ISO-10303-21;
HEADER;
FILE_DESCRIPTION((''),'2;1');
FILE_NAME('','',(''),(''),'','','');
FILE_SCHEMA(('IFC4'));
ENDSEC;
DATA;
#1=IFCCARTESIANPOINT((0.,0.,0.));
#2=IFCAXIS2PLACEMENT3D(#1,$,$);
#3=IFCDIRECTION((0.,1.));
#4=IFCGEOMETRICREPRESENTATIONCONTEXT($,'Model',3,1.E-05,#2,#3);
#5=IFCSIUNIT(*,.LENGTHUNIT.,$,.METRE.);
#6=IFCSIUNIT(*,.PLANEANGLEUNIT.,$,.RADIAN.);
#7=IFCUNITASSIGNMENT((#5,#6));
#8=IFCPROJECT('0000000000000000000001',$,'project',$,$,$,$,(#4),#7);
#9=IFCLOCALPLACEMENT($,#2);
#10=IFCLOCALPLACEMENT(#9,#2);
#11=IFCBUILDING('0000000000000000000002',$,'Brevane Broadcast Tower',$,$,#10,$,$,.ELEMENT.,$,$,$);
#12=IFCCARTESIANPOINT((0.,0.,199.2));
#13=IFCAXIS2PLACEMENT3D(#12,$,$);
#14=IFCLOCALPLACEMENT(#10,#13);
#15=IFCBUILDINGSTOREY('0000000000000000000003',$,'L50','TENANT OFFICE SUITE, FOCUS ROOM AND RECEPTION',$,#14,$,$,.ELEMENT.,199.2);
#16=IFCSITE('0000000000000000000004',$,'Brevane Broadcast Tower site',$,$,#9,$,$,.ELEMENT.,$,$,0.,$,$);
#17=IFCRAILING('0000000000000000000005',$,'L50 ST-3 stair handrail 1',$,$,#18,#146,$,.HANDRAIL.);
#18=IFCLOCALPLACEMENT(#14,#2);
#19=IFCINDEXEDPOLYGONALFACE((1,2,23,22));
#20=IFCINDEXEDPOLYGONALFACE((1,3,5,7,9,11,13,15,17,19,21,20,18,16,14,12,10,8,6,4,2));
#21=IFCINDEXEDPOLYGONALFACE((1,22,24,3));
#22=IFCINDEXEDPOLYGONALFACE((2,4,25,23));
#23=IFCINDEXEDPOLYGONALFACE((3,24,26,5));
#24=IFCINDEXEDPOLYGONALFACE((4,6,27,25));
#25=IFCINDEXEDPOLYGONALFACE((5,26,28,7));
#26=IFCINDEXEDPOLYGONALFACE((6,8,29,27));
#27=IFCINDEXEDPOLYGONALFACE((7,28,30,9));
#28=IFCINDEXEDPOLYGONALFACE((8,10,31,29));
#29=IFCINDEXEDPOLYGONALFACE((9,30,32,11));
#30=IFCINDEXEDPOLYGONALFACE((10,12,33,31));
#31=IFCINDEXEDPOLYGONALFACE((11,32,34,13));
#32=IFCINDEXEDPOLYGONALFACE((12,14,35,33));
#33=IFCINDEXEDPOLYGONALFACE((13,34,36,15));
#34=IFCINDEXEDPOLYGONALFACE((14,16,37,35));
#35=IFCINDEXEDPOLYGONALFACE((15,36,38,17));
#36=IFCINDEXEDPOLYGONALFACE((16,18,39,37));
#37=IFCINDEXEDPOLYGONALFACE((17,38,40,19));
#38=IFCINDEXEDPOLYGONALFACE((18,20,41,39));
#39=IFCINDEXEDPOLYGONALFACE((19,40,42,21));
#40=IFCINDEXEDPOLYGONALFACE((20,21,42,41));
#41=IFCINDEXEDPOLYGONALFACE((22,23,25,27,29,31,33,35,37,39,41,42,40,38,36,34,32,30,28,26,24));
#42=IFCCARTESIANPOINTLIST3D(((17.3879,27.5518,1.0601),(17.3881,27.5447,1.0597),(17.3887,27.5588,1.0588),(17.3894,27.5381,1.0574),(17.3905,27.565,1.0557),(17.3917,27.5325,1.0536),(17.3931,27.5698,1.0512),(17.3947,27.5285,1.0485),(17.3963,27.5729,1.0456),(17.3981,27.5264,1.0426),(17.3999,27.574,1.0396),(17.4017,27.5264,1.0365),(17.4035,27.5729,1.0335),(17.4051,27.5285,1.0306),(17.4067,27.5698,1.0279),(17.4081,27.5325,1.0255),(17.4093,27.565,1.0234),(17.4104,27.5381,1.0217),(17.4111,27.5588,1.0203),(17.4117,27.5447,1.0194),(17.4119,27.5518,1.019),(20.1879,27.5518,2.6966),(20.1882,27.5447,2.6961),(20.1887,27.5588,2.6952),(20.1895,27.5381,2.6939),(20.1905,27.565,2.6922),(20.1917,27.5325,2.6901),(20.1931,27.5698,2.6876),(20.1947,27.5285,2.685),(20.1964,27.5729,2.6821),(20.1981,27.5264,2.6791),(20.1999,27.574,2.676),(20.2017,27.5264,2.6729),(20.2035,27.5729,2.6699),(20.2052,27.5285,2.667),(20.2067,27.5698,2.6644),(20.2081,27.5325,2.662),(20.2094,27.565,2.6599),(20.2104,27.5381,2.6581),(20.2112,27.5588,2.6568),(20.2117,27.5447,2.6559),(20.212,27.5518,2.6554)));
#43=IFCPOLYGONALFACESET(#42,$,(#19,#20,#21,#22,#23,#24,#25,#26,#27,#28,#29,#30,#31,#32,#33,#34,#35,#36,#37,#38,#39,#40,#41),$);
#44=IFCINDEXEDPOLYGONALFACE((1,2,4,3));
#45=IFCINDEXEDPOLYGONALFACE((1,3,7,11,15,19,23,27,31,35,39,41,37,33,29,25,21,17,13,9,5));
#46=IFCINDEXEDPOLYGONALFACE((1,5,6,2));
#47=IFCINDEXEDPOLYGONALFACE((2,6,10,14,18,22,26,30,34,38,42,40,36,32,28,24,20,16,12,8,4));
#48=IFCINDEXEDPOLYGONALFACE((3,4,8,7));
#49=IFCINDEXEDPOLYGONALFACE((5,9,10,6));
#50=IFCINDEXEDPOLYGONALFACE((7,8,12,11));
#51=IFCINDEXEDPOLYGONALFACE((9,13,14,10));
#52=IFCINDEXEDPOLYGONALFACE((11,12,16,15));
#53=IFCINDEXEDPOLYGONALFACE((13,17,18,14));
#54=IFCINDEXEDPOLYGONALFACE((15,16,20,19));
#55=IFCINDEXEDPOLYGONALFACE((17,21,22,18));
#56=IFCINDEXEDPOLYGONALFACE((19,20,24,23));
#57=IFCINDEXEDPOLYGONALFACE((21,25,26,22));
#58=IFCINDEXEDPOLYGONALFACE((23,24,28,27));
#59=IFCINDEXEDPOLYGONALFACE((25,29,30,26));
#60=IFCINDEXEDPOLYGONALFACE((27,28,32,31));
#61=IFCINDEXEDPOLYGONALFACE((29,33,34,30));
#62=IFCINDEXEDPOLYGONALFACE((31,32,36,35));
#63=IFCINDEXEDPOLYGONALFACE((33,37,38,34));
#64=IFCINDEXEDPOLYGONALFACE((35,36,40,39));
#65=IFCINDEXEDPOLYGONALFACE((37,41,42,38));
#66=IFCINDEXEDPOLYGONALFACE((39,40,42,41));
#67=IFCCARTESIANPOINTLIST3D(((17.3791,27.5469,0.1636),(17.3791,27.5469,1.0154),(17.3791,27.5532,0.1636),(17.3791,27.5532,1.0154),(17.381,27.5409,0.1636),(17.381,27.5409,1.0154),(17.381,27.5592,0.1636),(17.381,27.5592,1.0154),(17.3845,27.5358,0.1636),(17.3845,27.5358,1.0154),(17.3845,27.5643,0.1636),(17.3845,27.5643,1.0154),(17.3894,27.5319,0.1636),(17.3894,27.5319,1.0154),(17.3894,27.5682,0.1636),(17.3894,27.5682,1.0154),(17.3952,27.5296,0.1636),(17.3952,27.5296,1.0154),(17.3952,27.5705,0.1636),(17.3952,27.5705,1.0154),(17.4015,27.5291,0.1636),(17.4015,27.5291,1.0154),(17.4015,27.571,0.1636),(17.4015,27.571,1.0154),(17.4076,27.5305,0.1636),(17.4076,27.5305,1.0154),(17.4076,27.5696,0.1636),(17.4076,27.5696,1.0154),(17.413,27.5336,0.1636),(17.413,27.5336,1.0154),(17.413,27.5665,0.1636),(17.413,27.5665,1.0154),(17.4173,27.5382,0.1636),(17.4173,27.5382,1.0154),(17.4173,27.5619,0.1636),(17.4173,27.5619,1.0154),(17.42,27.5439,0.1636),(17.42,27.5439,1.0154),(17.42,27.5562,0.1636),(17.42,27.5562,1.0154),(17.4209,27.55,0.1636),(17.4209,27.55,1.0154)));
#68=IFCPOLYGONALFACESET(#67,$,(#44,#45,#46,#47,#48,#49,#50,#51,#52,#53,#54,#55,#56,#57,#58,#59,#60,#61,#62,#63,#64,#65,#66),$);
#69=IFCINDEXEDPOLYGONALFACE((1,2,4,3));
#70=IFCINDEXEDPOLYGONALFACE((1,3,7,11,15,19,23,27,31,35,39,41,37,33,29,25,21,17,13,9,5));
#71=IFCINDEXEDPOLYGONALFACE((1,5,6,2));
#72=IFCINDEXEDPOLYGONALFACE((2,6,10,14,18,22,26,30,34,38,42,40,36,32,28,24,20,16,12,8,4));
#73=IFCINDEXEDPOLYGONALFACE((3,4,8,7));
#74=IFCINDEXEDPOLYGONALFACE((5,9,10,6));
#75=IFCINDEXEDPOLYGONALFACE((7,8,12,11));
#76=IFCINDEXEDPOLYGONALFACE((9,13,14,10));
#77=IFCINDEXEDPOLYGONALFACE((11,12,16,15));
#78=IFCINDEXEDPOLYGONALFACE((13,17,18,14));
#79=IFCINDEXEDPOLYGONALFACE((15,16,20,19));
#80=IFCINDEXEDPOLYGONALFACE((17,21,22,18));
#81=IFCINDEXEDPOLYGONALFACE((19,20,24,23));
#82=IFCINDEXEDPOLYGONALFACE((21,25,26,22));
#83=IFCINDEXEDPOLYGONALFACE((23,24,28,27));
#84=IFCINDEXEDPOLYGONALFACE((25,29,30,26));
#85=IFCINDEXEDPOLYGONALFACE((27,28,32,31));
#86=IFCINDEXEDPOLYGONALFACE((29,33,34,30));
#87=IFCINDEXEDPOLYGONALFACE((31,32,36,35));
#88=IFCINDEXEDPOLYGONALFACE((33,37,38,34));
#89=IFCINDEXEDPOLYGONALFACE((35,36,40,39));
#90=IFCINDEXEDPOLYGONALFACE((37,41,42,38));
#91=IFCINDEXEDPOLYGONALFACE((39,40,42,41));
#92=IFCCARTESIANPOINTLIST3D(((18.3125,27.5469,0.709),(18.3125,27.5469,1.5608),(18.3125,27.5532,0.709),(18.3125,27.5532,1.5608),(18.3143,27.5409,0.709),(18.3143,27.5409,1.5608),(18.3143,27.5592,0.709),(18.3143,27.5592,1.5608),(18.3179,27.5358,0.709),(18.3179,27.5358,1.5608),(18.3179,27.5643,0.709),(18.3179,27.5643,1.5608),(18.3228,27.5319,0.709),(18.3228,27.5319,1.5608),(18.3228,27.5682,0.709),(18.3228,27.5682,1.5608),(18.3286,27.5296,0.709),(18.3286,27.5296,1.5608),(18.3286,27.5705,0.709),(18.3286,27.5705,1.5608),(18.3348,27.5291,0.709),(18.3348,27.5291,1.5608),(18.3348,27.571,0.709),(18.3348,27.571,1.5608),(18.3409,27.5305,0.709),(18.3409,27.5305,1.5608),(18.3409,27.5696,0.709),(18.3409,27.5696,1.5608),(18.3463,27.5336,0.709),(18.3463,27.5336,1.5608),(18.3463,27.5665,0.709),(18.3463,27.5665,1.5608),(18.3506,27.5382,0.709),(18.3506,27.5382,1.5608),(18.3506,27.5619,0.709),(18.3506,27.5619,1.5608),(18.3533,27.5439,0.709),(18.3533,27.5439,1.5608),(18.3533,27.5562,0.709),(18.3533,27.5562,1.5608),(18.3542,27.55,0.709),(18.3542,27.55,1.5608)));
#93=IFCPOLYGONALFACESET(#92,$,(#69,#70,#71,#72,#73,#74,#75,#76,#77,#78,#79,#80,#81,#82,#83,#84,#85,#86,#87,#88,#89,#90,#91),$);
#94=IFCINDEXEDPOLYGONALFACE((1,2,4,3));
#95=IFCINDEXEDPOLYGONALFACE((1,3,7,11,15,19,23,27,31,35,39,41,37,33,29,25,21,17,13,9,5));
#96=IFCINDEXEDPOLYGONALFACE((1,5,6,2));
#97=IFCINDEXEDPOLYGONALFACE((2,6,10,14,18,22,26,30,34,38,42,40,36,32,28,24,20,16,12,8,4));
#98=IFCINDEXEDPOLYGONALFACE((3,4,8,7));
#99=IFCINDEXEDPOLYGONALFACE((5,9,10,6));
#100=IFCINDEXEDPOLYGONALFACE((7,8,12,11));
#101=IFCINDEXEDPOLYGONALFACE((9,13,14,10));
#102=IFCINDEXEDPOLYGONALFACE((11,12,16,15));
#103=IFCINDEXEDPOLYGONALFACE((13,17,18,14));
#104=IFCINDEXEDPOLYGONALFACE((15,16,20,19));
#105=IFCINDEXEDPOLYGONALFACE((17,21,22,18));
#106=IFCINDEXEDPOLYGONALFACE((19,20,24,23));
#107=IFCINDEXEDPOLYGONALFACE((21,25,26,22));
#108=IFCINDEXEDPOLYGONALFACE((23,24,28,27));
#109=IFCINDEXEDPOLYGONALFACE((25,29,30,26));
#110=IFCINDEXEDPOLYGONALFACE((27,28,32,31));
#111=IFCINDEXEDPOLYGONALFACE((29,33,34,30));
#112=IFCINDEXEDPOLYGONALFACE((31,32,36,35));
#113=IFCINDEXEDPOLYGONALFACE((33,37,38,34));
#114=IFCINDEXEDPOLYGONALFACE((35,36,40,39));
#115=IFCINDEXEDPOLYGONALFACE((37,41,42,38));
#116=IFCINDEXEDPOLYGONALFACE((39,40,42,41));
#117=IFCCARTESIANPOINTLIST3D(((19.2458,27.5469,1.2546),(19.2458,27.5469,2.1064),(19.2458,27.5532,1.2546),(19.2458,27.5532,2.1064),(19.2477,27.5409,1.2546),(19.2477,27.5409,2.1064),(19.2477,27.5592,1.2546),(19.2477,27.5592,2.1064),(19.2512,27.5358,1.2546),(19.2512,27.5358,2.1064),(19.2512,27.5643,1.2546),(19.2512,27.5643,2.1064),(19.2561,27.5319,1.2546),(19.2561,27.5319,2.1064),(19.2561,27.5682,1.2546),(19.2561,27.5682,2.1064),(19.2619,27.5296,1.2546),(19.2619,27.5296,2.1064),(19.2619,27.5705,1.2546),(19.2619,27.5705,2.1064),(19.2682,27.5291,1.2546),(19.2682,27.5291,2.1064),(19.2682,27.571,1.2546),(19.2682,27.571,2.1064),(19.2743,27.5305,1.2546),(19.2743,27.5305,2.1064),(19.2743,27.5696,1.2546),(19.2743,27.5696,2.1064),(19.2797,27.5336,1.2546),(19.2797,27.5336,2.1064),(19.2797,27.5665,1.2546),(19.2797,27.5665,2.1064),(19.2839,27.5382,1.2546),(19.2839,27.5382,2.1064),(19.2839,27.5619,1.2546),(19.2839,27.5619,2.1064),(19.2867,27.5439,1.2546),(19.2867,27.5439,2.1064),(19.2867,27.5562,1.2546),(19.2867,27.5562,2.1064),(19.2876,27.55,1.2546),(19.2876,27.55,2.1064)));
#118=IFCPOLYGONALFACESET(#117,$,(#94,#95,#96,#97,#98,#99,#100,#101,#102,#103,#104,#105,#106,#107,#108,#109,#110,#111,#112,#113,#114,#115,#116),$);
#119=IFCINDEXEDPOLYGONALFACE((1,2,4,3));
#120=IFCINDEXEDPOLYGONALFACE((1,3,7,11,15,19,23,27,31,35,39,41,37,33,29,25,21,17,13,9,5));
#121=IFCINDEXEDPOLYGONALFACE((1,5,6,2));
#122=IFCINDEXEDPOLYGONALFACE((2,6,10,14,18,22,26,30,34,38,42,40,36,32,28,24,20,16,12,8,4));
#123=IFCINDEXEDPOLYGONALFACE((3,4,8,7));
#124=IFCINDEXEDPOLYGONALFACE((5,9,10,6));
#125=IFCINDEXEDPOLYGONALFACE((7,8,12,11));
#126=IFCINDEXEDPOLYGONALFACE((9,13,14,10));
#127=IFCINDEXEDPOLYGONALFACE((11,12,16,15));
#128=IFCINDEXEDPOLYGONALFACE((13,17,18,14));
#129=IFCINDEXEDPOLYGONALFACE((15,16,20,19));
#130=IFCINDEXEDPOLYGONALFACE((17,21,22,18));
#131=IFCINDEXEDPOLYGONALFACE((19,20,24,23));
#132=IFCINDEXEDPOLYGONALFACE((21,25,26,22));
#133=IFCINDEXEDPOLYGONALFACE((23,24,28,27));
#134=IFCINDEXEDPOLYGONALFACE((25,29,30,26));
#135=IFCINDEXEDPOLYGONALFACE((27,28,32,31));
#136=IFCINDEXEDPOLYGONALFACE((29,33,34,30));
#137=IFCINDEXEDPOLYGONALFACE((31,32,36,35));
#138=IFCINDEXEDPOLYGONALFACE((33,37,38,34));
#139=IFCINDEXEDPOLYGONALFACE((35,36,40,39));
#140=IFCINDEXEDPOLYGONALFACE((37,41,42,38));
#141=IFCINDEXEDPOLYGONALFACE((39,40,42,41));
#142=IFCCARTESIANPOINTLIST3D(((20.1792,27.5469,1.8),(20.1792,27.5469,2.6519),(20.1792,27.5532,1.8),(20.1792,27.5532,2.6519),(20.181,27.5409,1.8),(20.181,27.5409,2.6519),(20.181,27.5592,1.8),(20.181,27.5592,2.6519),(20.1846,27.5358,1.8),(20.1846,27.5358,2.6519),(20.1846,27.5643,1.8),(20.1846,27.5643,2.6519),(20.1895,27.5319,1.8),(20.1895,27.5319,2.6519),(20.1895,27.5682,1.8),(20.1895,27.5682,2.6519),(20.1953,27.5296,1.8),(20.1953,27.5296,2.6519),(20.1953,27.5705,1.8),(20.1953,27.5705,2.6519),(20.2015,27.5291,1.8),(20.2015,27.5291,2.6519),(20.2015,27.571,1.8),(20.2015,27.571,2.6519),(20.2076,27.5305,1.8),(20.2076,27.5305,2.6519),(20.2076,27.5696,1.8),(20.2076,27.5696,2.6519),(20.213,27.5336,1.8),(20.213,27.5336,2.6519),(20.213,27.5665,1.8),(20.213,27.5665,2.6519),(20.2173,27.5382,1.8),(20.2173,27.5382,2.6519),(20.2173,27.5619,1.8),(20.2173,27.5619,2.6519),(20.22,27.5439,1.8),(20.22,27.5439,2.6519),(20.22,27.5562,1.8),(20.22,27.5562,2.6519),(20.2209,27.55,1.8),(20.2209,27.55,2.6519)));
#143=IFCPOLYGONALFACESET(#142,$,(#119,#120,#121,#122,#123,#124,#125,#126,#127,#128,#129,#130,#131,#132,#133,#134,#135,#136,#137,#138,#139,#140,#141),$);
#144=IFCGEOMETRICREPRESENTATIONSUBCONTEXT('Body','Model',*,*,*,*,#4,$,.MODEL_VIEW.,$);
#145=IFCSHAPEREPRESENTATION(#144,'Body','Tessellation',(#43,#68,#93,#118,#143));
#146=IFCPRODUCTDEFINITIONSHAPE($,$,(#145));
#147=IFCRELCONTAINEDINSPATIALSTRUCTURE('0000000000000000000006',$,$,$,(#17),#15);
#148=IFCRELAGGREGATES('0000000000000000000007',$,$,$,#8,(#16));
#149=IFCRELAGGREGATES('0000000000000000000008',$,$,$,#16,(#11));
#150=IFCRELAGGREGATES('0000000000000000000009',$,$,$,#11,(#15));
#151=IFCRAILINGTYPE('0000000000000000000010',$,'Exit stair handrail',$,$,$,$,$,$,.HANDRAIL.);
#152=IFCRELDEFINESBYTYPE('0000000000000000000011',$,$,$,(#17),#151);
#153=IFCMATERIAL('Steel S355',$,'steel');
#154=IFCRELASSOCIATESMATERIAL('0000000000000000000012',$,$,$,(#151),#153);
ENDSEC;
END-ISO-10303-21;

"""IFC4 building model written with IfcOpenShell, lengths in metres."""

from ifc_helpers import new_model, si_unit, direction, frame, origin, origin_2d, place, context, subcontext, project, spatial, circle, extrude, material, type_object, element, save


model = new_model("IFC4")

# Units and contexts
model_context = context("Model", 3, precision=1e-05, world=origin(), true_north=direction((0.0, 1.0)))
body_context = subcontext(model_context, "Body", "Model", "MODEL_VIEW")
ifc_project = project(units=[si_unit("LENGTHUNIT", "METRE"), si_unit("PLANEANGLEUNIT", "RADIAN")], contexts=[model_context])

# Site, building, storey
site_placement = place(None, origin())
site = spatial("IfcSite", under=ifc_project, at=site_placement, Name="Brevane Broadcast Tower site", CompositionType="ELEMENT", RefElevation=0.0)
building_placement = place(site_placement, origin())
building = spatial("IfcBuilding", under=site, at=building_placement, Name="Brevane Broadcast Tower", CompositionType="ELEMENT")
storey_placement = place(building_placement, frame((0.0, 0.0, 199.2)))
storey = spatial("IfcBuildingStorey", under=building, at=storey_placement, Name="L50", Description="TENANT OFFICE SUITE, FOCUS ROOM AND RECEPTION", CompositionType="ELEMENT", Elevation=199.2)

# Railing
ifc_material_1 = material(Name="Steel S355", Category="steel")
railing_type_1 = type_object("IfcRailingType", Name="Exit stair handrail", PredefinedType="HANDRAIL", material=ifc_material_1)
railing_1_placement = place(storey_placement, frame((17.3999, 27.55, 0.1636)))
element("IfcRailing", 1, at=railing_1_placement, inside=storey, type_object=railing_type_1, Name="L50 ST-3 stair handrail 1", PredefinedType="HANDRAIL", context=body_context, shape_type="SweptSolid", body=[
    extrude(circle(Radius=0.0239, at=origin_2d()), frame((0.0, 0.0, 0.876), z_axis=(0.863361, 0.0, 0.504587), x_axis=(0.0, 1.0, 0.0)), (0.0, 0.0, 1.0), 3.2432),
    extrude(circle(Radius=0.021, at=origin_2d()), origin(), (0.0, 0.0, 1.0), 0.8518),
    extrude(circle(Radius=0.021, at=origin_2d()), frame((0.9333, 0.0, 0.5454)), (0.0, 0.0, 1.0), 0.8518),
    extrude(circle(Radius=0.021, at=origin_2d()), frame((1.8667, 0.0, 1.0911)), (0.0, 0.0, 1.0), 0.8518),
    extrude(circle(Radius=0.021, at=origin_2d()), frame((2.8, 0.0, 1.6365)), (0.0, 0.0, 1.0), 0.8518),
])

save(model, "model.ifc")
